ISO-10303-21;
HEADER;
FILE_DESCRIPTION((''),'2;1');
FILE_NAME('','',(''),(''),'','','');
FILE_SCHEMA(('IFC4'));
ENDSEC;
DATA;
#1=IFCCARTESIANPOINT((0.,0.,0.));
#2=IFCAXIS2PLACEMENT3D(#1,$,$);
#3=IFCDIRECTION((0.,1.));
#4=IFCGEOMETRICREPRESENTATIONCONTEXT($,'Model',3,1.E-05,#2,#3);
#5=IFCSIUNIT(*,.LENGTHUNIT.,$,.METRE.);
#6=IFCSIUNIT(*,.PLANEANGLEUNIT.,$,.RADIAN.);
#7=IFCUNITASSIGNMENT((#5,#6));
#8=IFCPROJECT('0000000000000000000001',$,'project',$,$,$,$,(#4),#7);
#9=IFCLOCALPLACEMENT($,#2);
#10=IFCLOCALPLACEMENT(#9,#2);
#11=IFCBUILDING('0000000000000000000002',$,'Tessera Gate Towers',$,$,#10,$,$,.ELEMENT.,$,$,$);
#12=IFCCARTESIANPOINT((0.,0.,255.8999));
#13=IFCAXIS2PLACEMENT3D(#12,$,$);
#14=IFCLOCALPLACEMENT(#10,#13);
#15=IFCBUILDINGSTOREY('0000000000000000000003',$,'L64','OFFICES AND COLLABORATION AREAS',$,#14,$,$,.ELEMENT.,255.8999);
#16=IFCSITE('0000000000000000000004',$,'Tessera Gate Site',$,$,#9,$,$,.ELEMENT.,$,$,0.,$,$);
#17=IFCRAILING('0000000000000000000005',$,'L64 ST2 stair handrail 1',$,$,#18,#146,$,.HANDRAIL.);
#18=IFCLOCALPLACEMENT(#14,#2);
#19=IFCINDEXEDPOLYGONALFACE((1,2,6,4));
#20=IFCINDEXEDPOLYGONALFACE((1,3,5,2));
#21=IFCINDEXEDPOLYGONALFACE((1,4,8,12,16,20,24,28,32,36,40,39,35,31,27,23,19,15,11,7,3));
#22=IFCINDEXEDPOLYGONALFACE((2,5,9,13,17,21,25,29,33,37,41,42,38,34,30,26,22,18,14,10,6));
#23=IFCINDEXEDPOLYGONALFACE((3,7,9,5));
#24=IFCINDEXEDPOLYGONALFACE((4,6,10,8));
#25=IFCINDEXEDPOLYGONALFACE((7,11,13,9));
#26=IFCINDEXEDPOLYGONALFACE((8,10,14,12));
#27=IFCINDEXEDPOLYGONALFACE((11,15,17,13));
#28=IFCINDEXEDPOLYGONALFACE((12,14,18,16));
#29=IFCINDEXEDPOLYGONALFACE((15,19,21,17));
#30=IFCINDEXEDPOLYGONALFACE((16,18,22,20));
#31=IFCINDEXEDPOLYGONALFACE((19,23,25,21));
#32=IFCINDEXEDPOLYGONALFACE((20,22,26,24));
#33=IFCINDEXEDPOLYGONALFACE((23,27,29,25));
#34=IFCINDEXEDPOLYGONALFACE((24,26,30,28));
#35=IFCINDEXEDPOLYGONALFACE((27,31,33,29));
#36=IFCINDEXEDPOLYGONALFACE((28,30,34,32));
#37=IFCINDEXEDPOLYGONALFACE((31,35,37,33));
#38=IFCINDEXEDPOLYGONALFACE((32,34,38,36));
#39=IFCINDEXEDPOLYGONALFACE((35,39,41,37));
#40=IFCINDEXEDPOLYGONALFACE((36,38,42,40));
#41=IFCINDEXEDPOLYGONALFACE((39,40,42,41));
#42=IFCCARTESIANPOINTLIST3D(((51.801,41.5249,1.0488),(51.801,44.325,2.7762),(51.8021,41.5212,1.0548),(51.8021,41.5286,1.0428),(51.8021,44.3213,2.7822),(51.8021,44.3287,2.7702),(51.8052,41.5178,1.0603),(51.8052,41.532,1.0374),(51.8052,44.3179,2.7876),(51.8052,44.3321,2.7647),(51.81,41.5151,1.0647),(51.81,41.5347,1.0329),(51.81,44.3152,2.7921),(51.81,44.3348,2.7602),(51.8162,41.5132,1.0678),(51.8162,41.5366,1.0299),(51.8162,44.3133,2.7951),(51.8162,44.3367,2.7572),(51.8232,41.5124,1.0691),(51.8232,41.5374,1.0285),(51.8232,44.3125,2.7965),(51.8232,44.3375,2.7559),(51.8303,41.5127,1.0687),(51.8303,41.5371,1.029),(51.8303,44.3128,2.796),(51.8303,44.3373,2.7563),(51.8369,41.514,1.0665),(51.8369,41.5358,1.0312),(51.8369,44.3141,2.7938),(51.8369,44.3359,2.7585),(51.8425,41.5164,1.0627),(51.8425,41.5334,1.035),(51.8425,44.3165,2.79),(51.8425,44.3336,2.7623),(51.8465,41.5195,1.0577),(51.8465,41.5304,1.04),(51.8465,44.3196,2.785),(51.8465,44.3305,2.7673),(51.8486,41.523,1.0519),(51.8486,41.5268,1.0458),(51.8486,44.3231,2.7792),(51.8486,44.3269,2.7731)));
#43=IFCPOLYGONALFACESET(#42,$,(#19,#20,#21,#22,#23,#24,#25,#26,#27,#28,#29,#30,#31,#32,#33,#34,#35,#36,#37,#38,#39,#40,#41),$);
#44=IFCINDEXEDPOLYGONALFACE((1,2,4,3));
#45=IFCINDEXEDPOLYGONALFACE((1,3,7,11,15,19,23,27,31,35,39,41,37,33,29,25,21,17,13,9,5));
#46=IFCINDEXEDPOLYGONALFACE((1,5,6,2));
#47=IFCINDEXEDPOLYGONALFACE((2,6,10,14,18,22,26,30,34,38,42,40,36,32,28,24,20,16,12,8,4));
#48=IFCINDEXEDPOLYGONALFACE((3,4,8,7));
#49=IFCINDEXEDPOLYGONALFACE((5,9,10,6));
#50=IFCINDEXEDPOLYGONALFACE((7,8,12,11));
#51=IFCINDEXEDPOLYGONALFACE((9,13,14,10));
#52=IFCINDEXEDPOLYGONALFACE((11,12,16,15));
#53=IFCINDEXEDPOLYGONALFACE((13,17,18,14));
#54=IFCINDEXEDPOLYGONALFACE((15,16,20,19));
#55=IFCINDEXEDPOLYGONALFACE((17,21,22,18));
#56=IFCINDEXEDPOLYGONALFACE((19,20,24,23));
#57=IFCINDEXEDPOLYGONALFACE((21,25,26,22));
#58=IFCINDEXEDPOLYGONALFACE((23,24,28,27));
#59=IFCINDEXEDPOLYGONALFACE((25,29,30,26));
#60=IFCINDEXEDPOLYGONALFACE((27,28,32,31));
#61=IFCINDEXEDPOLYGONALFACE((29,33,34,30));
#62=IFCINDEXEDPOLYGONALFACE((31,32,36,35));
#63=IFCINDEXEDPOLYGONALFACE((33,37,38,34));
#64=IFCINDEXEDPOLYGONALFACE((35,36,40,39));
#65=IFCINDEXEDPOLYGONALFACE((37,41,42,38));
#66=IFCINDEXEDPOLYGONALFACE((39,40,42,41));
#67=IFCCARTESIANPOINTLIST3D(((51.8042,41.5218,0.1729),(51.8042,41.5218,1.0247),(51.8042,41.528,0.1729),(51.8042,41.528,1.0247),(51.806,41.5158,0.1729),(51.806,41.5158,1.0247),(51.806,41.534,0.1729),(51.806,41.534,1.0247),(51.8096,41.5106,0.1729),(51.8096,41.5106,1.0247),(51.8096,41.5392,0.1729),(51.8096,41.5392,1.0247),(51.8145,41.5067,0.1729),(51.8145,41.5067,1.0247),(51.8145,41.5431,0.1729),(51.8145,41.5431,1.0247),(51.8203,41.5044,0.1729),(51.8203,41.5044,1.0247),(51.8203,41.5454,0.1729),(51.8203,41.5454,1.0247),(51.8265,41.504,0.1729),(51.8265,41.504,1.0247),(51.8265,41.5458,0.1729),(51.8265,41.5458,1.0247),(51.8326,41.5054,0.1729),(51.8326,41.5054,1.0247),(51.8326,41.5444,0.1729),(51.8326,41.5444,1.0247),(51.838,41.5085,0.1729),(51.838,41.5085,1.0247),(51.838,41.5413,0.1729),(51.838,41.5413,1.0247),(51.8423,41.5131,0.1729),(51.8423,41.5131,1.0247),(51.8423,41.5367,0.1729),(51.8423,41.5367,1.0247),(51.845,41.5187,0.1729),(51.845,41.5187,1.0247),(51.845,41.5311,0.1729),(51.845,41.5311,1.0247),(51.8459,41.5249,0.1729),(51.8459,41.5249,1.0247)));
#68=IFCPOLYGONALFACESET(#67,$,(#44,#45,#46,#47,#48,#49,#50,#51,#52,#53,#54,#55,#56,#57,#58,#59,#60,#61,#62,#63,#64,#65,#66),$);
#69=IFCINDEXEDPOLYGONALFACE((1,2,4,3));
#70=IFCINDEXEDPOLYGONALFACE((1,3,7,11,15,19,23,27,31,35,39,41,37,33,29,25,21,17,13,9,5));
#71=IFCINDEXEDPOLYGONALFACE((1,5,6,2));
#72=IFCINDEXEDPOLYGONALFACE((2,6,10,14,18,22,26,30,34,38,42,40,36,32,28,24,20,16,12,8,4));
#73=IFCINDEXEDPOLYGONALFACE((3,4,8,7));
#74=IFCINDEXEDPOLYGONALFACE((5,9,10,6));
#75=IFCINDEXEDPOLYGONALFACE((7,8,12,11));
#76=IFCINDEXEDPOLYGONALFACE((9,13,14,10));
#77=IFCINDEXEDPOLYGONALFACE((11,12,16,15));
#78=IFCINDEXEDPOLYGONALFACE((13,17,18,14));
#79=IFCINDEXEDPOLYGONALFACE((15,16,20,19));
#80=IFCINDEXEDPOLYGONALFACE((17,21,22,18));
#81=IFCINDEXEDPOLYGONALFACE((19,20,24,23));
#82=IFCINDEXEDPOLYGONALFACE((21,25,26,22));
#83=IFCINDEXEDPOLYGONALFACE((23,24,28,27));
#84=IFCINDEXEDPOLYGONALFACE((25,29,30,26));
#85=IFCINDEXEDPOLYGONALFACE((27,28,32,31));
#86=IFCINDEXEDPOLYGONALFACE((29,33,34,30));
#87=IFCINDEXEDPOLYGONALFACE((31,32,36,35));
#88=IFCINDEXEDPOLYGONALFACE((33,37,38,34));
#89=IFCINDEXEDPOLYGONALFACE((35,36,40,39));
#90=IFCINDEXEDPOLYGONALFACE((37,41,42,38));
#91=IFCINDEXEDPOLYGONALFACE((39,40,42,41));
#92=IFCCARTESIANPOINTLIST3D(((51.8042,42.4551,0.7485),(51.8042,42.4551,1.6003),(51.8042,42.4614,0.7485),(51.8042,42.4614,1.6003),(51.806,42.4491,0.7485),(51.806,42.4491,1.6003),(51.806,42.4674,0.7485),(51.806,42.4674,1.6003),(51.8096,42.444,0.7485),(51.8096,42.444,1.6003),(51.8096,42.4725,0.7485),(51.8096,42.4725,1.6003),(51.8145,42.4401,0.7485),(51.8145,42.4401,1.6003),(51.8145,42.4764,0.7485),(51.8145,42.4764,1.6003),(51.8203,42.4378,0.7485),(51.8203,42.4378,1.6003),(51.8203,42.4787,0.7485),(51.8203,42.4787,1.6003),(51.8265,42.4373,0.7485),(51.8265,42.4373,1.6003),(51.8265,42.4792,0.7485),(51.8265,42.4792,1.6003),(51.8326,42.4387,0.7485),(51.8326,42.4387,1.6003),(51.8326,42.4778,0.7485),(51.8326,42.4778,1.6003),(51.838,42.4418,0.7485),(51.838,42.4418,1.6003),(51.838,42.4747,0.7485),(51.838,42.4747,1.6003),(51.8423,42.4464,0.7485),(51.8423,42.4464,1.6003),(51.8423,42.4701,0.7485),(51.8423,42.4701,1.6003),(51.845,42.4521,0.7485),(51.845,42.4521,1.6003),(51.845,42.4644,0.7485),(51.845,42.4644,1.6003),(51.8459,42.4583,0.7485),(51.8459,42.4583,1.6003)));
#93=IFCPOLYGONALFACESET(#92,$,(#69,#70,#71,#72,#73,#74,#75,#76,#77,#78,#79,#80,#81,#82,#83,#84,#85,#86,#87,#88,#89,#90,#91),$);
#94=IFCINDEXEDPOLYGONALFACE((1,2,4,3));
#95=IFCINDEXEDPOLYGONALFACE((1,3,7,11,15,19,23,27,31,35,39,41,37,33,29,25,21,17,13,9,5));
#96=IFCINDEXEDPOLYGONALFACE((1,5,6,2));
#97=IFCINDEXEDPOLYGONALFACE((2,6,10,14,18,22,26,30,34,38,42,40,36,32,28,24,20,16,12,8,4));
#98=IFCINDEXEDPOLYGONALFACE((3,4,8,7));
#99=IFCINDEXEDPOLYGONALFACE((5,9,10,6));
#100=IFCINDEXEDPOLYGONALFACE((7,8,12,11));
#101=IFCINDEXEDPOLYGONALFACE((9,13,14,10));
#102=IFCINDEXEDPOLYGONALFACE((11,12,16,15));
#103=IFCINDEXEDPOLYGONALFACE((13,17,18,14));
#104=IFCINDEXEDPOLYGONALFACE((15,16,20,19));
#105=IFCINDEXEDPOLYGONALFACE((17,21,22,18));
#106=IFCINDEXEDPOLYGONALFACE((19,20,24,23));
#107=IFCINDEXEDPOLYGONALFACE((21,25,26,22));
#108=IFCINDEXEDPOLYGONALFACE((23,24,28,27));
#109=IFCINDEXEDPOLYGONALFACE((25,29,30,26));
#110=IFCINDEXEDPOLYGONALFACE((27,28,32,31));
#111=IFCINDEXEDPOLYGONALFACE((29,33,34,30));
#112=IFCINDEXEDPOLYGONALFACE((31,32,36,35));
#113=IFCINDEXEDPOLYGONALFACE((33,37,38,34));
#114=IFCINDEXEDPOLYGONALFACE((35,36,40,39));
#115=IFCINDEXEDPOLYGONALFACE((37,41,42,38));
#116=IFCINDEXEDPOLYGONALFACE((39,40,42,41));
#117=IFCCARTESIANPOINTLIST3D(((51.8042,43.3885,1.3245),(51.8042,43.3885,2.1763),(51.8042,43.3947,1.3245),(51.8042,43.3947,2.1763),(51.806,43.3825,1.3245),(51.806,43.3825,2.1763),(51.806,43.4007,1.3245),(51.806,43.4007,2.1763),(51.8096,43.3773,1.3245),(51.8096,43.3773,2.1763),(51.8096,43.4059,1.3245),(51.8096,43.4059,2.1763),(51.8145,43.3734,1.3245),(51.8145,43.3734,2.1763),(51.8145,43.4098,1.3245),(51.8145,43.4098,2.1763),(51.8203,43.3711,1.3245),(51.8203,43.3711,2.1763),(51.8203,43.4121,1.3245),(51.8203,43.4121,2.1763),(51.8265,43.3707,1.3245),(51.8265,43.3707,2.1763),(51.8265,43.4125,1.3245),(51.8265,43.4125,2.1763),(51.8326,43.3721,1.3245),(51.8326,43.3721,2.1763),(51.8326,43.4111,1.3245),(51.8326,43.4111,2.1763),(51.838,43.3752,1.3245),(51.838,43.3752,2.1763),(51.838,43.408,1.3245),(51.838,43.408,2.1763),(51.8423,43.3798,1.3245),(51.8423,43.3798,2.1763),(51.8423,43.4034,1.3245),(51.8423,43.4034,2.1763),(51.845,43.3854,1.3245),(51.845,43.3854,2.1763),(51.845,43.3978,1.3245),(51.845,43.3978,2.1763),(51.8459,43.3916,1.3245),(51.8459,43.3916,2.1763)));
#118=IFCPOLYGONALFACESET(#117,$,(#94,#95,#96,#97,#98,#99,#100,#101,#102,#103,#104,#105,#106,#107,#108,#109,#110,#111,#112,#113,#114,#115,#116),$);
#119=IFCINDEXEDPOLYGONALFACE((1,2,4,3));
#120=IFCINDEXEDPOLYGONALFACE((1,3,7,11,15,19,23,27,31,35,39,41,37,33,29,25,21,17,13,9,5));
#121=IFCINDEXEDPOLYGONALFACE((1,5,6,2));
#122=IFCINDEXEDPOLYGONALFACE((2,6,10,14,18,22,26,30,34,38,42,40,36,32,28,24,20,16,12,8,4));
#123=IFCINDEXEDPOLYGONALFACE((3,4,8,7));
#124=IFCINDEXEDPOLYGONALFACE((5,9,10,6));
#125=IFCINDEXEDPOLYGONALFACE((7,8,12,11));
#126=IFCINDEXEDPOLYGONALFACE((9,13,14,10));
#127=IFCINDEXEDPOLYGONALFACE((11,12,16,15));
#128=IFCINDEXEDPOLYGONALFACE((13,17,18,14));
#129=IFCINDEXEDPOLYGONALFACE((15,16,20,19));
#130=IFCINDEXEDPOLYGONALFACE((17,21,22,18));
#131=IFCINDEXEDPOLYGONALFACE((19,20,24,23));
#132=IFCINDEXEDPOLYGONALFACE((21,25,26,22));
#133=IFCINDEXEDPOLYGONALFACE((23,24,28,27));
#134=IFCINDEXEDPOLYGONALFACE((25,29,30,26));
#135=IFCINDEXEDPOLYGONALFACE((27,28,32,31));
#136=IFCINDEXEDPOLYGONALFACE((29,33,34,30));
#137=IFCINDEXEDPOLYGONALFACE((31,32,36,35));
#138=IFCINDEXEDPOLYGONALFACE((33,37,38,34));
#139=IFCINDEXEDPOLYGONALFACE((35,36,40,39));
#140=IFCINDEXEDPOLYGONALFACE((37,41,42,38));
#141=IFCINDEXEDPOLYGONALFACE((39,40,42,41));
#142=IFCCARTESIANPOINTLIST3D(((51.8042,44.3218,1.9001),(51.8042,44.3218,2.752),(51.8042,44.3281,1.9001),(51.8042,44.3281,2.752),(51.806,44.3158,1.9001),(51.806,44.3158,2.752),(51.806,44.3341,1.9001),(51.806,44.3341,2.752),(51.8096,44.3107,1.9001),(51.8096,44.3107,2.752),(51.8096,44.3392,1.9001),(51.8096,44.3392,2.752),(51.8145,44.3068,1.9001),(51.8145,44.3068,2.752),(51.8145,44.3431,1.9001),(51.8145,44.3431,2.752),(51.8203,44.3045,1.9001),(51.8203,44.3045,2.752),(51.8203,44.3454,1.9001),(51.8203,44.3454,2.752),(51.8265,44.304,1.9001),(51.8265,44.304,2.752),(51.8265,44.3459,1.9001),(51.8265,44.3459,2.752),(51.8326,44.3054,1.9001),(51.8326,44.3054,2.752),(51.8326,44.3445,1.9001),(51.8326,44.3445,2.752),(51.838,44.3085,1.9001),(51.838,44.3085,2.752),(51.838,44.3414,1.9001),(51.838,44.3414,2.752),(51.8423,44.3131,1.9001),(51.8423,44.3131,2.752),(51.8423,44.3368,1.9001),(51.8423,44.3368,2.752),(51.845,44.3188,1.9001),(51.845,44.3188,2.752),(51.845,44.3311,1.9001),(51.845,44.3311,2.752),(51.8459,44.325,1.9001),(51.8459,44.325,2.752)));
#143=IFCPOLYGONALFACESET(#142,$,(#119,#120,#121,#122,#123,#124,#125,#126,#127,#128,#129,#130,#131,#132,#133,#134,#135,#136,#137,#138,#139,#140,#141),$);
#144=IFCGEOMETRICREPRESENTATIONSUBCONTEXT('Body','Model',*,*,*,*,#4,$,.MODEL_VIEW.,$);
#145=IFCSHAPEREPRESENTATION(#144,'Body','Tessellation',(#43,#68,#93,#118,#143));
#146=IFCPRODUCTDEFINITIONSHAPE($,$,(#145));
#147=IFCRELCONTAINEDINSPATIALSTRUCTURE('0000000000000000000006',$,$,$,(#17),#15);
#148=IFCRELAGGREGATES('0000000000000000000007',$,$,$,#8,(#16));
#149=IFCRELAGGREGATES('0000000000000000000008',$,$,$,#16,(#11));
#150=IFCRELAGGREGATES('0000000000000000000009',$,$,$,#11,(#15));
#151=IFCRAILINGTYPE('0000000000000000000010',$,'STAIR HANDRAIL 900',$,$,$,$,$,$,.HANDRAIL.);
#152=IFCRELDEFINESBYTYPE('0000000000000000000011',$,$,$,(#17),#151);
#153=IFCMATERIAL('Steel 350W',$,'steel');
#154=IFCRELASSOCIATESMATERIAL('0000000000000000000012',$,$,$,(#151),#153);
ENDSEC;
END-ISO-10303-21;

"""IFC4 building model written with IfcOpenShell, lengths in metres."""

from ifc_helpers import new_model, si_unit, direction, frame, origin, origin_2d, place, context, subcontext, project, spatial, circle, extrude, material, type_object, element, save


model = new_model("IFC4")

# Units and contexts
model_context = context("Model", 3, precision=1e-05, world=origin(), true_north=direction((0.0, 1.0)))
body_context = subcontext(model_context, "Body", "Model", "MODEL_VIEW")
ifc_project = project(units=[si_unit("LENGTHUNIT", "METRE"), si_unit("PLANEANGLEUNIT", "RADIAN")], contexts=[model_context])

# Site, building, storey
site_placement = place(None, origin())
site = spatial("IfcSite", under=ifc_project, at=site_placement, Name="Tessera Gate Site", CompositionType="ELEMENT", RefElevation=0.0)
building_placement = place(site_placement, origin())
building = spatial("IfcBuilding", under=site, at=building_placement, Name="Tessera Gate Towers", CompositionType="ELEMENT")
storey_placement = place(building_placement, frame((0.0, 0.0, 255.8999)))
storey = spatial("IfcBuildingStorey", under=building, at=storey_placement, Name="L64", Description="OFFICES AND COLLABORATION AREAS", CompositionType="ELEMENT", Elevation=255.8999)

# Railing
ifc_material_1 = material(Name="Steel 350W", Category="steel")
railing_type_1 = type_object("IfcRailingType", Name="STAIR HANDRAIL 900", PredefinedType="HANDRAIL", material=ifc_material_1)
railing_1_placement = place(storey_placement, frame((51.825, 41.5249, 0.1729)))
element("IfcRailing", 1, at=railing_1_placement, inside=storey, type_object=railing_type_1, Name="L64 ST2 stair handrail 1", PredefinedType="HANDRAIL", context=body_context, shape_type="SweptSolid", body=[
    extrude(circle(Radius=0.0239, at=origin_2d()), frame((0.0, 0.0, 0.876), z_axis=(0.0, 0.85109, 0.52502), x_axis=(-1.0, 0.0, 0.0)), (0.0, 0.0, 1.0), 3.29),
    extrude(circle(Radius=0.021, at=origin_2d()), origin(), (0.0, 0.0, 1.0), 0.8518),
    extrude(circle(Radius=0.021, at=origin_2d()), frame((0.0, 0.9333, 0.5757)), (0.0, 0.0, 1.0), 0.8518),
    extrude(circle(Radius=0.021, at=origin_2d()), frame((0.0, 1.8667, 1.1516)), (0.0, 0.0, 1.0), 0.8518),
    extrude(circle(Radius=0.021, at=origin_2d()), frame((0.0, 2.8, 1.7273)), (0.0, 0.0, 1.0), 0.8518),
])

save(model, "model.ifc")
